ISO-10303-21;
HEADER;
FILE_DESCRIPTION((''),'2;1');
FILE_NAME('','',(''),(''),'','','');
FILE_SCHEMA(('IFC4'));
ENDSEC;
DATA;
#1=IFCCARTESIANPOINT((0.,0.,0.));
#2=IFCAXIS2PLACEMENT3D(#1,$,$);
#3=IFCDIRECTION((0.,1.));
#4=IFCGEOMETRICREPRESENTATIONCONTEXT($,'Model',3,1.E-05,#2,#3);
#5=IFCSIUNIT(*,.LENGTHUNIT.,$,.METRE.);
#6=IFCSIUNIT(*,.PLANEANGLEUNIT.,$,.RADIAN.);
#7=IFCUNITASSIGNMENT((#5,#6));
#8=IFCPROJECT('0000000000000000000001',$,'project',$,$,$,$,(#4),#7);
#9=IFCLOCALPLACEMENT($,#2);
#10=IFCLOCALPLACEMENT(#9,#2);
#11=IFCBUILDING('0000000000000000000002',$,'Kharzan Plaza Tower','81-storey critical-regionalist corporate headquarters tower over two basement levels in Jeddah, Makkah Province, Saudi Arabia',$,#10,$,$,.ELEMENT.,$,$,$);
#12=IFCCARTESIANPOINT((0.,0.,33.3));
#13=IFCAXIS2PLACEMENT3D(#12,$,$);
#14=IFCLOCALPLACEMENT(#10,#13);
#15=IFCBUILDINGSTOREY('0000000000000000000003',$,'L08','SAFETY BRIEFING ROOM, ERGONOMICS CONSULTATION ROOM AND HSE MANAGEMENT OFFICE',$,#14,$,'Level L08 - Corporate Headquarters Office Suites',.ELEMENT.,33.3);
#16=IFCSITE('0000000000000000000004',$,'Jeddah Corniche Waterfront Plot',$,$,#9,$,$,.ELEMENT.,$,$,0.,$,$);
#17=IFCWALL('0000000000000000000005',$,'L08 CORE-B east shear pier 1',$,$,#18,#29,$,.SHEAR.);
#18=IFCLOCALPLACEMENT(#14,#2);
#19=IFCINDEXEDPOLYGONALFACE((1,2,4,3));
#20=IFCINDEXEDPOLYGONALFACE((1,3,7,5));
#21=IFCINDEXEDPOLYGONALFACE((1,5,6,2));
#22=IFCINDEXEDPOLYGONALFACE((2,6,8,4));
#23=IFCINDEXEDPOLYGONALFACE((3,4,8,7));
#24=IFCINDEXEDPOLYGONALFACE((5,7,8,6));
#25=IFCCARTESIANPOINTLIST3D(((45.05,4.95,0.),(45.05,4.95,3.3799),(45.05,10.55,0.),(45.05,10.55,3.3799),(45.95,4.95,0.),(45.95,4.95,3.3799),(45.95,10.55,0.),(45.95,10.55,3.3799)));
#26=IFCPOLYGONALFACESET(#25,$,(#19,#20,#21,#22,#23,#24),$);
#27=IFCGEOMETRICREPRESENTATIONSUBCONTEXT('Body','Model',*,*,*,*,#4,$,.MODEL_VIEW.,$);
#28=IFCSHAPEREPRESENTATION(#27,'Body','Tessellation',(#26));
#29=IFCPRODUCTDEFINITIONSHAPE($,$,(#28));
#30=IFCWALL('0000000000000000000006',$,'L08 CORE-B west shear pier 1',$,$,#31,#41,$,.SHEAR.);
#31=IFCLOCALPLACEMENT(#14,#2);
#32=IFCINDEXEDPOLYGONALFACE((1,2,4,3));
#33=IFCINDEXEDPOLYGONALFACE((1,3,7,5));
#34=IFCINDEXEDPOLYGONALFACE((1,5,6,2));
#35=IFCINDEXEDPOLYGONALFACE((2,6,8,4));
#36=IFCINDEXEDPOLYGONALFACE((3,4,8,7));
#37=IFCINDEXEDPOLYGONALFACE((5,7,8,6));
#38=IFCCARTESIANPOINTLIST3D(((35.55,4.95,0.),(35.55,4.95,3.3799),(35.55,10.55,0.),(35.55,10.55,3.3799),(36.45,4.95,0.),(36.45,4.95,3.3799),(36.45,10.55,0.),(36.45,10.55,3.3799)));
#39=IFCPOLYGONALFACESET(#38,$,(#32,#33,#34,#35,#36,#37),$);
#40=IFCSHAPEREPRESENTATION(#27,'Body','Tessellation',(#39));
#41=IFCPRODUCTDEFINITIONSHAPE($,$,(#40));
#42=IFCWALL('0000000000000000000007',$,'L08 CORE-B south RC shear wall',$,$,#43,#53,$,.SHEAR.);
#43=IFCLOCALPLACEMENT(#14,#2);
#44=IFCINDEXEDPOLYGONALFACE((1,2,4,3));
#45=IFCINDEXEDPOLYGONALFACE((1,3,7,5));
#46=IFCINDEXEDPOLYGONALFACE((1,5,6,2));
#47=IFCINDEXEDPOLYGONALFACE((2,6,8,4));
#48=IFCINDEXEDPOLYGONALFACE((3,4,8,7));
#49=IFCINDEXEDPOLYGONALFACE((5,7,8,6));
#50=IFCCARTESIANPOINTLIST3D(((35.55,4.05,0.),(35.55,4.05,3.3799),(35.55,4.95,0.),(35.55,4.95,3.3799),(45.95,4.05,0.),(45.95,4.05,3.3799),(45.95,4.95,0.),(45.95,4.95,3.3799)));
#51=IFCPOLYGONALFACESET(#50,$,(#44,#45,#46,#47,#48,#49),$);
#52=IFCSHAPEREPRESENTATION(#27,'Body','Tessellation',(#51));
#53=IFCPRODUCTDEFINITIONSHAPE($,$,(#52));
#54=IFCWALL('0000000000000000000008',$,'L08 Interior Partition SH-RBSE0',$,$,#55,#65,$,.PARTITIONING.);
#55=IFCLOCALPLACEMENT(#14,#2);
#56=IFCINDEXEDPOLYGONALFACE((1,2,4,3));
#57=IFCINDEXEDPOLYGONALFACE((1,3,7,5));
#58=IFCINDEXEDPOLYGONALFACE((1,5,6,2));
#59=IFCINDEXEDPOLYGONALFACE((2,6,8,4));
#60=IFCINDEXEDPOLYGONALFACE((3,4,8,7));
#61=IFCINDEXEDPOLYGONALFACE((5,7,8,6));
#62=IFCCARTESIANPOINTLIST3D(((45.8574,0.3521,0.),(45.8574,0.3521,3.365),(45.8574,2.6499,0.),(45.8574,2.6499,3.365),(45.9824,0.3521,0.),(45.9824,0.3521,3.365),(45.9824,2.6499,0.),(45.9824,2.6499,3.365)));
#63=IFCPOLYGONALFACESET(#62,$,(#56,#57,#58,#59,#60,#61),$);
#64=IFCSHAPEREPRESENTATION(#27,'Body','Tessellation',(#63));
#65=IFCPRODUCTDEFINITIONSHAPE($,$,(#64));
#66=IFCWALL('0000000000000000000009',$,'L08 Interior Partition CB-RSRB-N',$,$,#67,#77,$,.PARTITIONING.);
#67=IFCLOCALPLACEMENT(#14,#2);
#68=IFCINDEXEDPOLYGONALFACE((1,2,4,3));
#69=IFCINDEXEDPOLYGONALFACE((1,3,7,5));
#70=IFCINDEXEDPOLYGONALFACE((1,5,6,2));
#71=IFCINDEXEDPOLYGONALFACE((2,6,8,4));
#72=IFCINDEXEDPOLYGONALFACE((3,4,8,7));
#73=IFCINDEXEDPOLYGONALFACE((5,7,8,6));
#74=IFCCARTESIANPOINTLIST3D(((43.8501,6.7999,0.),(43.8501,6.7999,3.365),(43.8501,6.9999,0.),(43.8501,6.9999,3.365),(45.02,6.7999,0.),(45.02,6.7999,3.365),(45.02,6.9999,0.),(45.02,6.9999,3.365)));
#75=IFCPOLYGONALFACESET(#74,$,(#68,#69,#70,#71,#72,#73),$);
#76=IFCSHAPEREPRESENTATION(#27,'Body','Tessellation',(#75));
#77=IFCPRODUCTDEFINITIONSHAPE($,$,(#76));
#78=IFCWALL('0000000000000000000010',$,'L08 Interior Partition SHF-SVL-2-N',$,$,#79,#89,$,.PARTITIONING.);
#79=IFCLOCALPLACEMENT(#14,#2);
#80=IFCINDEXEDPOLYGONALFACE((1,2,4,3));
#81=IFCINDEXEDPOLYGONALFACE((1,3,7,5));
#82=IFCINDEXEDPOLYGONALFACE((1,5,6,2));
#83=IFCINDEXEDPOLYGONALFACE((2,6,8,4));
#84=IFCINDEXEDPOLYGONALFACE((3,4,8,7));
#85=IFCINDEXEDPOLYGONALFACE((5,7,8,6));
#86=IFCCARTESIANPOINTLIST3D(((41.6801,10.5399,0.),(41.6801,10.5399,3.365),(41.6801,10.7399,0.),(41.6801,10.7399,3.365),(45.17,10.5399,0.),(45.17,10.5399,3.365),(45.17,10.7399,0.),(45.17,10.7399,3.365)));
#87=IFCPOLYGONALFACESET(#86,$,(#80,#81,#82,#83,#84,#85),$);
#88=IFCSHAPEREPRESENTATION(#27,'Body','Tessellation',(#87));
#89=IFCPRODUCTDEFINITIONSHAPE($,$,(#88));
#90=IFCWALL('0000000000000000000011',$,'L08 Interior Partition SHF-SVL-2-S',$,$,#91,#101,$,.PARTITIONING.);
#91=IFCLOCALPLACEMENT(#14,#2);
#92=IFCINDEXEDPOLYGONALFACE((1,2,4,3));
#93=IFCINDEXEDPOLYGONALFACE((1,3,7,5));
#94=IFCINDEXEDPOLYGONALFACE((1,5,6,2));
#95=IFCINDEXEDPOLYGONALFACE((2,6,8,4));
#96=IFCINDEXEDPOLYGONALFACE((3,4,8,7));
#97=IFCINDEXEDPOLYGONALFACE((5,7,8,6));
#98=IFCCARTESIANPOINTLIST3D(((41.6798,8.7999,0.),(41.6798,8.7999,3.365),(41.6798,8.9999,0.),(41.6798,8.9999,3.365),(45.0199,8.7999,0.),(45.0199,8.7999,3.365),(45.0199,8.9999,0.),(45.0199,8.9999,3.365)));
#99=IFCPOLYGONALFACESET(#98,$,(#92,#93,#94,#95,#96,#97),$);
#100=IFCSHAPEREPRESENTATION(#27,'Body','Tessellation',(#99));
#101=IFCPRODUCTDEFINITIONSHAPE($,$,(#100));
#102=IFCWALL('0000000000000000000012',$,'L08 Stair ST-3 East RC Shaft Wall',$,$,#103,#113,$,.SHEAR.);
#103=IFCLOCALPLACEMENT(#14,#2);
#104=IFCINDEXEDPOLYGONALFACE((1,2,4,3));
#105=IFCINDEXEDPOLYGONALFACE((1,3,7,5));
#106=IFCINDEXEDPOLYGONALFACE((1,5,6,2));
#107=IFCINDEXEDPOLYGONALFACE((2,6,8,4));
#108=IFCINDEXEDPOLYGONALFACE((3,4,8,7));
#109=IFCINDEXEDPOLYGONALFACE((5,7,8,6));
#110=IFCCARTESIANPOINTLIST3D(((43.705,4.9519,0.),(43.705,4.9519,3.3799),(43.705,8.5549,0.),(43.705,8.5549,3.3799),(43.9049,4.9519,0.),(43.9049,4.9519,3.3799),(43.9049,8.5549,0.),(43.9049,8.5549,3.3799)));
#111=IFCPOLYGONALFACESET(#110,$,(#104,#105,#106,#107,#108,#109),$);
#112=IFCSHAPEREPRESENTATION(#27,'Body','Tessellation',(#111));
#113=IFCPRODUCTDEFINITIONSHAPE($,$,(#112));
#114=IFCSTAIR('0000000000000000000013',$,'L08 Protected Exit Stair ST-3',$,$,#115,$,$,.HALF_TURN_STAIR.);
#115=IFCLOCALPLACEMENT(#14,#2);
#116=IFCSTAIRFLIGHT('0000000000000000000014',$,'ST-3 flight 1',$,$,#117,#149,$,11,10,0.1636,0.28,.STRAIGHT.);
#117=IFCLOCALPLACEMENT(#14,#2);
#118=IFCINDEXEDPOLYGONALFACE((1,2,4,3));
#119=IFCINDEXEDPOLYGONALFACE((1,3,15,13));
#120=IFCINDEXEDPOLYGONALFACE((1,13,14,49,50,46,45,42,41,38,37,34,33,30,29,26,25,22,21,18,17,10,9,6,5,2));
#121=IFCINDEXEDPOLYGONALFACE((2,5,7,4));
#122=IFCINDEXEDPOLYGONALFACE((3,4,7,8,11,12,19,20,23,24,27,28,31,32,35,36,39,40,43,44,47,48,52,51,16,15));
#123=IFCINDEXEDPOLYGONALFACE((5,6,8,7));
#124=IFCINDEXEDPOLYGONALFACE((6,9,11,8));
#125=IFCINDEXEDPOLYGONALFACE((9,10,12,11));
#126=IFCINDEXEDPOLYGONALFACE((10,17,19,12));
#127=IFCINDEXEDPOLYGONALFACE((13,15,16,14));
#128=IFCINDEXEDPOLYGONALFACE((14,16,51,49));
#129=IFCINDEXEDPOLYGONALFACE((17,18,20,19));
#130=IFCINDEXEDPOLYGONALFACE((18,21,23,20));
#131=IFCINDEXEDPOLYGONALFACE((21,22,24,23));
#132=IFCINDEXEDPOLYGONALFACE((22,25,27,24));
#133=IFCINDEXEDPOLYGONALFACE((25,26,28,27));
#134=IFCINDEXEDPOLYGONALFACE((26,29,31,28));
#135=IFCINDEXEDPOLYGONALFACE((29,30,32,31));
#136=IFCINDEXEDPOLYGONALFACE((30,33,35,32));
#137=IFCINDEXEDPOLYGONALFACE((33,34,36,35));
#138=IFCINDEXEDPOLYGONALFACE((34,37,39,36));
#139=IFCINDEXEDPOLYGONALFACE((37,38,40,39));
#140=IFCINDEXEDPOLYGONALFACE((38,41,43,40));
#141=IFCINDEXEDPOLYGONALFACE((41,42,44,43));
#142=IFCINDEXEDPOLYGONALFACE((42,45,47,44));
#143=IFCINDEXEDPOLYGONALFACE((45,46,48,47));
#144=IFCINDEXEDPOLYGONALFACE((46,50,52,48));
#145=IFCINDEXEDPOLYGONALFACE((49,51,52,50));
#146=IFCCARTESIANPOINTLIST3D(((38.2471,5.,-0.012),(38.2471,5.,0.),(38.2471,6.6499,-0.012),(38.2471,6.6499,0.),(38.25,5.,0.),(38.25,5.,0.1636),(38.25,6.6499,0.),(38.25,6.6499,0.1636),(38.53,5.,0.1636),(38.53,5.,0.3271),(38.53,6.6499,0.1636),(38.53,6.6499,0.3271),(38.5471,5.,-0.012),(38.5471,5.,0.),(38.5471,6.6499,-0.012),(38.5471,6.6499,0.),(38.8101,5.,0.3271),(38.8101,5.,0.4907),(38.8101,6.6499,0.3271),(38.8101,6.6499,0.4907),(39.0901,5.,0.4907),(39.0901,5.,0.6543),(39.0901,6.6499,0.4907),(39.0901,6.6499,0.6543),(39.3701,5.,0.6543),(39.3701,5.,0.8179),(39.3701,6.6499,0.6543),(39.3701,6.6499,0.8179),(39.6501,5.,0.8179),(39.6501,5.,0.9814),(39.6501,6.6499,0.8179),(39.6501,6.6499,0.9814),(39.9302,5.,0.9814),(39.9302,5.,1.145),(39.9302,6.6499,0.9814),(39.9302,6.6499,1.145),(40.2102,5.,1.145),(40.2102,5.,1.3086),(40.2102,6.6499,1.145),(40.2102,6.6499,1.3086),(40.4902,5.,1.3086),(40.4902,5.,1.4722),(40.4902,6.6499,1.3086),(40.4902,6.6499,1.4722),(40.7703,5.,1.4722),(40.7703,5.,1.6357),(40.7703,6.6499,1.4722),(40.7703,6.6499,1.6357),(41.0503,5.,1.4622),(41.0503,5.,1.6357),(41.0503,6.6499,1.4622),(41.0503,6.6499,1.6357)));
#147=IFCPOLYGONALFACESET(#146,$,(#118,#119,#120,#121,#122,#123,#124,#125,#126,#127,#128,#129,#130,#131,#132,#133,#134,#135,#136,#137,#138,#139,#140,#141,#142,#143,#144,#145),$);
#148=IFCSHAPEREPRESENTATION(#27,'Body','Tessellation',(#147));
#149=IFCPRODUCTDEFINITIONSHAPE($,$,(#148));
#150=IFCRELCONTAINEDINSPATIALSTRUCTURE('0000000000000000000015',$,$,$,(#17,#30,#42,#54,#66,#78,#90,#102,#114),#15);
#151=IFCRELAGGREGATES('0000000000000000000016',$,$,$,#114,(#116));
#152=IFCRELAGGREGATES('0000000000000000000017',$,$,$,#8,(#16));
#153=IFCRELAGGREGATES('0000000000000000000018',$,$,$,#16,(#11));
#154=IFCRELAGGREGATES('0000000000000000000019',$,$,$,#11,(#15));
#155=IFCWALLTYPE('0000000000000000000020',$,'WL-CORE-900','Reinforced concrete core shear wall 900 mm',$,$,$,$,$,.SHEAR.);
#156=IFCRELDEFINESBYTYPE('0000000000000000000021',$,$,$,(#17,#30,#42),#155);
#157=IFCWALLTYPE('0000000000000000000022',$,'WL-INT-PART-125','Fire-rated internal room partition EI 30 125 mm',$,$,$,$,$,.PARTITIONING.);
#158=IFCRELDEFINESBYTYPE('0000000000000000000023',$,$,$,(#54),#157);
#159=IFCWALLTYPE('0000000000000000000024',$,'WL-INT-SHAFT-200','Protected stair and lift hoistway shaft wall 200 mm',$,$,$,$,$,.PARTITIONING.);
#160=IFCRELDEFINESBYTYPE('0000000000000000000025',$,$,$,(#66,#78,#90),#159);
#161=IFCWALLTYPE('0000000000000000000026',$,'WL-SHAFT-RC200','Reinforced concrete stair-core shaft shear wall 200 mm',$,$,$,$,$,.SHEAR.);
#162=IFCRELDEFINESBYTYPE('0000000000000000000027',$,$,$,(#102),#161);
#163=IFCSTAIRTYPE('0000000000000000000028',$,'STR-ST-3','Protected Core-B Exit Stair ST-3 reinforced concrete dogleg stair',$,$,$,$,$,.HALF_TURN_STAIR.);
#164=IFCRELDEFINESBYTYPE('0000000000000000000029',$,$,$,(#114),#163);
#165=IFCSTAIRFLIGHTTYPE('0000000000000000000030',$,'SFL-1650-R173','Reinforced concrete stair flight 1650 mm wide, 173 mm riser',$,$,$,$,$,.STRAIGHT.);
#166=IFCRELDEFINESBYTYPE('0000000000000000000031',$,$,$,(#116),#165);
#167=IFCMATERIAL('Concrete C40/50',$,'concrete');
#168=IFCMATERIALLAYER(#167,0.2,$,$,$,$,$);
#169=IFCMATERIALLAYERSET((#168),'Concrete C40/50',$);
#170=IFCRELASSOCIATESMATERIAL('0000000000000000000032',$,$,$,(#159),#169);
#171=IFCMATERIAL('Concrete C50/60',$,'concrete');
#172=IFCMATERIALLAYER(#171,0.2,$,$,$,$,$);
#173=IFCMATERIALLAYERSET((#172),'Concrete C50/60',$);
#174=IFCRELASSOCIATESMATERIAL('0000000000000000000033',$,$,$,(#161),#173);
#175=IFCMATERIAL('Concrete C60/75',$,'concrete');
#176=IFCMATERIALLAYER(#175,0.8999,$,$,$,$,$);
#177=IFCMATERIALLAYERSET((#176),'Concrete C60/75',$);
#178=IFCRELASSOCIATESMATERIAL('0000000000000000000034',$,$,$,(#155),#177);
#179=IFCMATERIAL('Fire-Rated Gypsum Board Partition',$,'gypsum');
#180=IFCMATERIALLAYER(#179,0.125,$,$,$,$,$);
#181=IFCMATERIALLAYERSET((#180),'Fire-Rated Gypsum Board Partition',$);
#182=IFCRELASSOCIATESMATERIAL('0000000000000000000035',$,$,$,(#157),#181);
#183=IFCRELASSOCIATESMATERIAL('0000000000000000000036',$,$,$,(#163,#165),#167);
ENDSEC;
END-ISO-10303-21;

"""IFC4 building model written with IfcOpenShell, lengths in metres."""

from ifc_helpers import new_model, si_unit, direction, frame, frame_2d, origin, place, context, subcontext, project, spatial, polyline, rectangle, outline, extrude, source, transform, mapped, material, layer, layer_set, type_object, element, aggregate, save


model = new_model("IFC4")

# Units and contexts
model_context = context("Model", 3, precision=1e-05, world=origin(), true_north=direction((0.0, 1.0)))
body_context = subcontext(model_context, "Body", "Model", "MODEL_VIEW")
ifc_project = project(units=[si_unit("LENGTHUNIT", "METRE"), si_unit("PLANEANGLEUNIT", "RADIAN")], contexts=[model_context])

# Site, building, storey
site_placement = place(None, origin())
site = spatial("IfcSite", under=ifc_project, at=site_placement, Name="Jeddah Corniche Waterfront Plot", CompositionType="ELEMENT", RefElevation=0.0)
building_placement = place(site_placement, origin())
building = spatial("IfcBuilding", under=site, at=building_placement, Name="Kharzan Plaza Tower", Description="81-storey critical-regionalist corporate headquarters tower over two basement levels in Jeddah, Makkah Province, Saudi Arabia", CompositionType="ELEMENT")
storey_placement = place(building_placement, frame((0.0, 0.0, 33.3)))
storey = spatial("IfcBuildingStorey", under=building, at=storey_placement, Name="L08", Description="SAFETY BRIEFING ROOM, ERGONOMICS CONSULTATION ROOM AND HSE MANAGEMENT OFFICE", LongName="Level L08 - Corporate Headquarters Office Suites", CompositionType="ELEMENT", Elevation=33.3)

# Shared definitions
ifc_material_1 = material(Name="Concrete C60/75", Category="concrete")

# Shared definitions
ifc_material_2 = material(Name="Concrete C40/50", Category="concrete")

# Shared definitions
ifc_layer_1 = layer(ifc_material_2, 0.2)
ifc_layer_set_1 = layer_set([ifc_layer_1], Name="Concrete C40/50")
wall_type_1 = type_object("IfcWallType", Name="WL-INT-SHAFT-200", Description="Protected stair and lift hoistway shaft wall 200 mm", PredefinedType="PARTITIONING", material=ifc_layer_set_1)
ifc_material_3 = material(Name="Concrete C50/60", Category="concrete")
ifc_layer_2 = layer(ifc_material_3, 0.2)
ifc_layer_set_2 = layer_set([ifc_layer_2], Name="Concrete C50/60")
wall_type_2 = type_object("IfcWallType", Name="WL-SHAFT-RC200", Description="Reinforced concrete stair-core shaft shear wall 200 mm", PredefinedType="SHEAR", material=ifc_layer_set_2)

# Walls
ifc_layer_3 = layer(ifc_material_1, 0.8999)
ifc_layer_set_3 = layer_set([ifc_layer_3], Name="Concrete C60/75")
wall_type_3 = type_object("IfcWallType", Name="WL-CORE-900", Description="Reinforced concrete core shear wall 900 mm", PredefinedType="SHEAR", material=ifc_layer_set_3)
shared_shape_1 = source(origin(), body_context, "Body", "SweptSolid", [
    extrude(rectangle(XDim=5.6001, YDim=0.8999, at=frame_2d((2.8, 0.0))), origin(), (0.0, 0.0, 1.0), 3.3799),
])
for number, where, z_axis, x_axis, name in (
    (1, (45.5, 4.95, 0.0), (0.0, 0.0, 1.0), (0.0, 1.0, 0.0), "L08 CORE-B east shear pier 1"),
    (2, (36.0, 4.95, 0.0), (0.0, 0.0, 1.0), (0.0, 1.0, 0.0), "L08 CORE-B west shear pier 1"),
):
    element("IfcWall", number, at=place(storey_placement, frame(where, z_axis=z_axis, x_axis=x_axis)), inside=storey, type_object=wall_type_3, Name=name, PredefinedType="SHEAR", context=body_context, shape_type="MappedRepresentation", body=[
        mapped(shared_shape_1, transform((0.0, 0.0, 0.0), x_axis=(1.0, 0.0, 0.0), y_axis=(0.0, 1.0, 0.0), z_axis=(0.0, 0.0, 1.0))),
    ])
shared_shape_2 = source(origin(), body_context, "Body", "SweptSolid", [
    extrude(rectangle(XDim=10.3999, YDim=0.8999, at=frame_2d((5.2, 0.0))), origin(), (0.0, 0.0, 1.0), 3.3799),
])
wall_1_placement = place(storey_placement, frame((35.55, 4.5, 0.0), z_axis=(0.0, 0.0, 1.0), x_axis=(1.0, 0.0, 0.0)))
element("IfcWall", 3, at=wall_1_placement, inside=storey, type_object=wall_type_3, Name="L08 CORE-B south RC shear wall", PredefinedType="SHEAR", context=body_context, shape_type="MappedRepresentation", body=[
    mapped(shared_shape_2, transform((0.0, 0.0, 0.0), x_axis=(1.0, 0.0, 0.0), y_axis=(0.0, 1.0, 0.0), z_axis=(0.0, 0.0, 1.0))),
])
ifc_material_4 = material(Name="Fire-Rated Gypsum Board Partition", Category="gypsum")
ifc_layer_4 = layer(ifc_material_4, 0.125)
ifc_layer_set_4 = layer_set([ifc_layer_4], Name="Fire-Rated Gypsum Board Partition")
wall_type_4 = type_object("IfcWallType", Name="WL-INT-PART-125", Description="Fire-rated internal room partition EI 30 125 mm", PredefinedType="PARTITIONING", material=ifc_layer_set_4)
shared_shape_3 = source(origin(), body_context, "Body", "SweptSolid", [
    extrude(rectangle(XDim=2.2979, YDim=0.125, at=frame_2d((1.1489, 0.0))), origin(), (0.0, 0.0, 1.0), 3.365),
])
wall_2_placement = place(storey_placement, frame((45.9199, 0.3521, 0.0), z_axis=(0.0, 0.0, 1.0), x_axis=(0.0, 1.0, 0.0)))
element("IfcWall", 4, at=wall_2_placement, inside=storey, type_object=wall_type_4, Name="L08 Interior Partition SH-RBSE0", PredefinedType="PARTITIONING", context=body_context, shape_type="MappedRepresentation", body=[
    mapped(shared_shape_3, transform((0.0, 0.0, 0.0), x_axis=(1.0, 0.0, 0.0), y_axis=(0.0, 1.0, 0.0), z_axis=(0.0, 0.0, 1.0))),
])
shared_shape_4 = source(origin(), body_context, "Body", "SweptSolid", [
    extrude(rectangle(XDim=1.1699, YDim=0.2, at=frame_2d((0.585, 0.0))), origin(), (0.0, 0.0, 1.0), 3.365),
])
wall_3_placement = place(storey_placement, frame((43.8501, 6.8999, 0.0), z_axis=(0.0, 0.0, 1.0), x_axis=(1.0, 0.0, 0.0)))
element("IfcWall", 5, at=wall_3_placement, inside=storey, type_object=wall_type_1, Name="L08 Interior Partition CB-RSRB-N", PredefinedType="PARTITIONING", context=body_context, shape_type="MappedRepresentation", body=[
    mapped(shared_shape_4, transform((0.0, 0.0, 0.0), x_axis=(1.0, 0.0, 0.0), y_axis=(0.0, 1.0, 0.0), z_axis=(0.0, 0.0, 1.0))),
])
shared_shape_5 = source(origin(), body_context, "Body", "SweptSolid", [
    extrude(rectangle(XDim=3.49, YDim=0.2, at=frame_2d((1.7451, 0.0))), origin(), (0.0, 0.0, 1.0), 3.365),
])
wall_4_placement = place(storey_placement, frame((41.6799, 10.6399, 0.0), z_axis=(0.0, 0.0, 1.0), x_axis=(1.0, 0.0, 0.0)))
element("IfcWall", 6, at=wall_4_placement, inside=storey, type_object=wall_type_1, Name="L08 Interior Partition SHF-SVL-2-N", PredefinedType="PARTITIONING", context=body_context, shape_type="MappedRepresentation", body=[
    mapped(shared_shape_5, transform((0.0, 0.0, 0.0), x_axis=(1.0, 0.0, 0.0), y_axis=(0.0, 1.0, 0.0), z_axis=(0.0, 0.0, 1.0))),
])
shared_shape_6 = source(origin(), body_context, "Body", "SweptSolid", [
    extrude(rectangle(XDim=3.3401, YDim=0.2, at=frame_2d((1.6699, 0.0))), origin(), (0.0, 0.0, 1.0), 3.365),
])
wall_5_placement = place(storey_placement, frame((41.6799, 8.8999, 0.0), z_axis=(0.0, 0.0, 1.0), x_axis=(1.0, 0.0, 0.0)))
element("IfcWall", 7, at=wall_5_placement, inside=storey, type_object=wall_type_1, Name="L08 Interior Partition SHF-SVL-2-S", PredefinedType="PARTITIONING", context=body_context, shape_type="MappedRepresentation", body=[
    mapped(shared_shape_6, transform((0.0, 0.0, 0.0), x_axis=(1.0, 0.0, 0.0), y_axis=(0.0, 1.0, 0.0), z_axis=(0.0, 0.0, 1.0))),
])
shared_shape_7 = source(origin(), body_context, "Body", "SweptSolid", [
    extrude(rectangle(XDim=3.603, YDim=0.2, at=frame_2d((1.8015, 0.0))), origin(), (0.0, 0.0, 1.0), 3.3799),
])
wall_6_placement = place(storey_placement, frame((43.8049, 4.9519, 0.0), z_axis=(0.0, 0.0, 1.0), x_axis=(0.0, 1.0, 0.0)))
element("IfcWall", 8, at=wall_6_placement, inside=storey, type_object=wall_type_2, Name="L08 Stair ST-3 East RC Shaft Wall", PredefinedType="SHEAR", context=body_context, shape_type="MappedRepresentation", body=[
    mapped(shared_shape_7, transform((0.0, 0.0, 0.0), x_axis=(1.0, 0.0, 0.0), y_axis=(0.0, 1.0, 0.0), z_axis=(0.0, 0.0, 1.0))),
])

# Stair, stair flight
stair_type = type_object("IfcStairType", Name="STR-ST-3", Description="Protected Core-B Exit Stair ST-3 reinforced concrete dogleg stair", PredefinedType="HALF_TURN_STAIR", material=ifc_material_2)
stair_placement = place(storey_placement, origin())
stair = element("IfcStair", 9, at=stair_placement, inside=storey, type_object=stair_type, Name="L08 Protected Exit Stair ST-3", PredefinedType="HALF_TURN_STAIR")
stair_flight_type = type_object("IfcStairFlightType", Name="SFL-1650-R173", Description="Reinforced concrete stair flight 1650 mm wide, 173 mm riser", PredefinedType="STRAIGHT", material=ifc_material_2)
shared_shape_8 = source(origin(), body_context, "Body", "SweptSolid", [
    extrude(outline(polyline([(-0.0029, -0.012), (-0.0029, 0.0), (0.0, 0.0), (0.0, 0.1636), (0.28, 0.1636), (0.28, 0.3271), (0.5601, 0.3271), (0.5601, 0.4907), (0.8401, 0.4907), (0.8401, 0.6543), (1.1201, 0.6543), (1.1201, 0.8179), (1.4001, 0.8179), (1.4001, 0.9814), (1.6802, 0.9814), (1.6802, 1.145), (1.9602, 1.145), (1.9602, 1.3086), (2.2402, 1.3086), (2.2402, 1.4722), (2.5203, 1.4722), (2.5203, 1.6357), (2.8003, 1.6357), (2.8003, 1.7993), (2.8003, 1.4622), (0.2971, 0.0), (0.2971, -0.012), (-0.0029, -0.012)])), frame((0.0, 0.825, 0.0), z_axis=(0.0, -1.0, 0.0), x_axis=(1.0, 0.0, 0.0)), (0.0, 0.0, 1.0), 1.6499),
])
stair_flight_1_placement = place(storey_placement, frame((38.25, 5.825, 0.0), z_axis=(0.0, 0.0, 1.0), x_axis=(1.0, 0.0, 0.0)))
stair_flight_1 = element("IfcStairFlight", 10, at=stair_flight_1_placement, type_object=stair_flight_type, Name="ST-3 flight 1", NumberOfRisers=11, NumberOfTreads=10, PredefinedType="STRAIGHT", RiserHeight=0.1636, TreadLength=0.28, context=body_context, shape_type="MappedRepresentation", body=[
    mapped(shared_shape_8, transform((0.0, 0.0, 0.0), x_axis=(1.0, 0.0, 0.0), y_axis=(0.0, 1.0, 0.0), z_axis=(0.0, 0.0, 1.0))),
])
aggregate(stair, [stair_flight_1])

save(model, "model.ifc")
